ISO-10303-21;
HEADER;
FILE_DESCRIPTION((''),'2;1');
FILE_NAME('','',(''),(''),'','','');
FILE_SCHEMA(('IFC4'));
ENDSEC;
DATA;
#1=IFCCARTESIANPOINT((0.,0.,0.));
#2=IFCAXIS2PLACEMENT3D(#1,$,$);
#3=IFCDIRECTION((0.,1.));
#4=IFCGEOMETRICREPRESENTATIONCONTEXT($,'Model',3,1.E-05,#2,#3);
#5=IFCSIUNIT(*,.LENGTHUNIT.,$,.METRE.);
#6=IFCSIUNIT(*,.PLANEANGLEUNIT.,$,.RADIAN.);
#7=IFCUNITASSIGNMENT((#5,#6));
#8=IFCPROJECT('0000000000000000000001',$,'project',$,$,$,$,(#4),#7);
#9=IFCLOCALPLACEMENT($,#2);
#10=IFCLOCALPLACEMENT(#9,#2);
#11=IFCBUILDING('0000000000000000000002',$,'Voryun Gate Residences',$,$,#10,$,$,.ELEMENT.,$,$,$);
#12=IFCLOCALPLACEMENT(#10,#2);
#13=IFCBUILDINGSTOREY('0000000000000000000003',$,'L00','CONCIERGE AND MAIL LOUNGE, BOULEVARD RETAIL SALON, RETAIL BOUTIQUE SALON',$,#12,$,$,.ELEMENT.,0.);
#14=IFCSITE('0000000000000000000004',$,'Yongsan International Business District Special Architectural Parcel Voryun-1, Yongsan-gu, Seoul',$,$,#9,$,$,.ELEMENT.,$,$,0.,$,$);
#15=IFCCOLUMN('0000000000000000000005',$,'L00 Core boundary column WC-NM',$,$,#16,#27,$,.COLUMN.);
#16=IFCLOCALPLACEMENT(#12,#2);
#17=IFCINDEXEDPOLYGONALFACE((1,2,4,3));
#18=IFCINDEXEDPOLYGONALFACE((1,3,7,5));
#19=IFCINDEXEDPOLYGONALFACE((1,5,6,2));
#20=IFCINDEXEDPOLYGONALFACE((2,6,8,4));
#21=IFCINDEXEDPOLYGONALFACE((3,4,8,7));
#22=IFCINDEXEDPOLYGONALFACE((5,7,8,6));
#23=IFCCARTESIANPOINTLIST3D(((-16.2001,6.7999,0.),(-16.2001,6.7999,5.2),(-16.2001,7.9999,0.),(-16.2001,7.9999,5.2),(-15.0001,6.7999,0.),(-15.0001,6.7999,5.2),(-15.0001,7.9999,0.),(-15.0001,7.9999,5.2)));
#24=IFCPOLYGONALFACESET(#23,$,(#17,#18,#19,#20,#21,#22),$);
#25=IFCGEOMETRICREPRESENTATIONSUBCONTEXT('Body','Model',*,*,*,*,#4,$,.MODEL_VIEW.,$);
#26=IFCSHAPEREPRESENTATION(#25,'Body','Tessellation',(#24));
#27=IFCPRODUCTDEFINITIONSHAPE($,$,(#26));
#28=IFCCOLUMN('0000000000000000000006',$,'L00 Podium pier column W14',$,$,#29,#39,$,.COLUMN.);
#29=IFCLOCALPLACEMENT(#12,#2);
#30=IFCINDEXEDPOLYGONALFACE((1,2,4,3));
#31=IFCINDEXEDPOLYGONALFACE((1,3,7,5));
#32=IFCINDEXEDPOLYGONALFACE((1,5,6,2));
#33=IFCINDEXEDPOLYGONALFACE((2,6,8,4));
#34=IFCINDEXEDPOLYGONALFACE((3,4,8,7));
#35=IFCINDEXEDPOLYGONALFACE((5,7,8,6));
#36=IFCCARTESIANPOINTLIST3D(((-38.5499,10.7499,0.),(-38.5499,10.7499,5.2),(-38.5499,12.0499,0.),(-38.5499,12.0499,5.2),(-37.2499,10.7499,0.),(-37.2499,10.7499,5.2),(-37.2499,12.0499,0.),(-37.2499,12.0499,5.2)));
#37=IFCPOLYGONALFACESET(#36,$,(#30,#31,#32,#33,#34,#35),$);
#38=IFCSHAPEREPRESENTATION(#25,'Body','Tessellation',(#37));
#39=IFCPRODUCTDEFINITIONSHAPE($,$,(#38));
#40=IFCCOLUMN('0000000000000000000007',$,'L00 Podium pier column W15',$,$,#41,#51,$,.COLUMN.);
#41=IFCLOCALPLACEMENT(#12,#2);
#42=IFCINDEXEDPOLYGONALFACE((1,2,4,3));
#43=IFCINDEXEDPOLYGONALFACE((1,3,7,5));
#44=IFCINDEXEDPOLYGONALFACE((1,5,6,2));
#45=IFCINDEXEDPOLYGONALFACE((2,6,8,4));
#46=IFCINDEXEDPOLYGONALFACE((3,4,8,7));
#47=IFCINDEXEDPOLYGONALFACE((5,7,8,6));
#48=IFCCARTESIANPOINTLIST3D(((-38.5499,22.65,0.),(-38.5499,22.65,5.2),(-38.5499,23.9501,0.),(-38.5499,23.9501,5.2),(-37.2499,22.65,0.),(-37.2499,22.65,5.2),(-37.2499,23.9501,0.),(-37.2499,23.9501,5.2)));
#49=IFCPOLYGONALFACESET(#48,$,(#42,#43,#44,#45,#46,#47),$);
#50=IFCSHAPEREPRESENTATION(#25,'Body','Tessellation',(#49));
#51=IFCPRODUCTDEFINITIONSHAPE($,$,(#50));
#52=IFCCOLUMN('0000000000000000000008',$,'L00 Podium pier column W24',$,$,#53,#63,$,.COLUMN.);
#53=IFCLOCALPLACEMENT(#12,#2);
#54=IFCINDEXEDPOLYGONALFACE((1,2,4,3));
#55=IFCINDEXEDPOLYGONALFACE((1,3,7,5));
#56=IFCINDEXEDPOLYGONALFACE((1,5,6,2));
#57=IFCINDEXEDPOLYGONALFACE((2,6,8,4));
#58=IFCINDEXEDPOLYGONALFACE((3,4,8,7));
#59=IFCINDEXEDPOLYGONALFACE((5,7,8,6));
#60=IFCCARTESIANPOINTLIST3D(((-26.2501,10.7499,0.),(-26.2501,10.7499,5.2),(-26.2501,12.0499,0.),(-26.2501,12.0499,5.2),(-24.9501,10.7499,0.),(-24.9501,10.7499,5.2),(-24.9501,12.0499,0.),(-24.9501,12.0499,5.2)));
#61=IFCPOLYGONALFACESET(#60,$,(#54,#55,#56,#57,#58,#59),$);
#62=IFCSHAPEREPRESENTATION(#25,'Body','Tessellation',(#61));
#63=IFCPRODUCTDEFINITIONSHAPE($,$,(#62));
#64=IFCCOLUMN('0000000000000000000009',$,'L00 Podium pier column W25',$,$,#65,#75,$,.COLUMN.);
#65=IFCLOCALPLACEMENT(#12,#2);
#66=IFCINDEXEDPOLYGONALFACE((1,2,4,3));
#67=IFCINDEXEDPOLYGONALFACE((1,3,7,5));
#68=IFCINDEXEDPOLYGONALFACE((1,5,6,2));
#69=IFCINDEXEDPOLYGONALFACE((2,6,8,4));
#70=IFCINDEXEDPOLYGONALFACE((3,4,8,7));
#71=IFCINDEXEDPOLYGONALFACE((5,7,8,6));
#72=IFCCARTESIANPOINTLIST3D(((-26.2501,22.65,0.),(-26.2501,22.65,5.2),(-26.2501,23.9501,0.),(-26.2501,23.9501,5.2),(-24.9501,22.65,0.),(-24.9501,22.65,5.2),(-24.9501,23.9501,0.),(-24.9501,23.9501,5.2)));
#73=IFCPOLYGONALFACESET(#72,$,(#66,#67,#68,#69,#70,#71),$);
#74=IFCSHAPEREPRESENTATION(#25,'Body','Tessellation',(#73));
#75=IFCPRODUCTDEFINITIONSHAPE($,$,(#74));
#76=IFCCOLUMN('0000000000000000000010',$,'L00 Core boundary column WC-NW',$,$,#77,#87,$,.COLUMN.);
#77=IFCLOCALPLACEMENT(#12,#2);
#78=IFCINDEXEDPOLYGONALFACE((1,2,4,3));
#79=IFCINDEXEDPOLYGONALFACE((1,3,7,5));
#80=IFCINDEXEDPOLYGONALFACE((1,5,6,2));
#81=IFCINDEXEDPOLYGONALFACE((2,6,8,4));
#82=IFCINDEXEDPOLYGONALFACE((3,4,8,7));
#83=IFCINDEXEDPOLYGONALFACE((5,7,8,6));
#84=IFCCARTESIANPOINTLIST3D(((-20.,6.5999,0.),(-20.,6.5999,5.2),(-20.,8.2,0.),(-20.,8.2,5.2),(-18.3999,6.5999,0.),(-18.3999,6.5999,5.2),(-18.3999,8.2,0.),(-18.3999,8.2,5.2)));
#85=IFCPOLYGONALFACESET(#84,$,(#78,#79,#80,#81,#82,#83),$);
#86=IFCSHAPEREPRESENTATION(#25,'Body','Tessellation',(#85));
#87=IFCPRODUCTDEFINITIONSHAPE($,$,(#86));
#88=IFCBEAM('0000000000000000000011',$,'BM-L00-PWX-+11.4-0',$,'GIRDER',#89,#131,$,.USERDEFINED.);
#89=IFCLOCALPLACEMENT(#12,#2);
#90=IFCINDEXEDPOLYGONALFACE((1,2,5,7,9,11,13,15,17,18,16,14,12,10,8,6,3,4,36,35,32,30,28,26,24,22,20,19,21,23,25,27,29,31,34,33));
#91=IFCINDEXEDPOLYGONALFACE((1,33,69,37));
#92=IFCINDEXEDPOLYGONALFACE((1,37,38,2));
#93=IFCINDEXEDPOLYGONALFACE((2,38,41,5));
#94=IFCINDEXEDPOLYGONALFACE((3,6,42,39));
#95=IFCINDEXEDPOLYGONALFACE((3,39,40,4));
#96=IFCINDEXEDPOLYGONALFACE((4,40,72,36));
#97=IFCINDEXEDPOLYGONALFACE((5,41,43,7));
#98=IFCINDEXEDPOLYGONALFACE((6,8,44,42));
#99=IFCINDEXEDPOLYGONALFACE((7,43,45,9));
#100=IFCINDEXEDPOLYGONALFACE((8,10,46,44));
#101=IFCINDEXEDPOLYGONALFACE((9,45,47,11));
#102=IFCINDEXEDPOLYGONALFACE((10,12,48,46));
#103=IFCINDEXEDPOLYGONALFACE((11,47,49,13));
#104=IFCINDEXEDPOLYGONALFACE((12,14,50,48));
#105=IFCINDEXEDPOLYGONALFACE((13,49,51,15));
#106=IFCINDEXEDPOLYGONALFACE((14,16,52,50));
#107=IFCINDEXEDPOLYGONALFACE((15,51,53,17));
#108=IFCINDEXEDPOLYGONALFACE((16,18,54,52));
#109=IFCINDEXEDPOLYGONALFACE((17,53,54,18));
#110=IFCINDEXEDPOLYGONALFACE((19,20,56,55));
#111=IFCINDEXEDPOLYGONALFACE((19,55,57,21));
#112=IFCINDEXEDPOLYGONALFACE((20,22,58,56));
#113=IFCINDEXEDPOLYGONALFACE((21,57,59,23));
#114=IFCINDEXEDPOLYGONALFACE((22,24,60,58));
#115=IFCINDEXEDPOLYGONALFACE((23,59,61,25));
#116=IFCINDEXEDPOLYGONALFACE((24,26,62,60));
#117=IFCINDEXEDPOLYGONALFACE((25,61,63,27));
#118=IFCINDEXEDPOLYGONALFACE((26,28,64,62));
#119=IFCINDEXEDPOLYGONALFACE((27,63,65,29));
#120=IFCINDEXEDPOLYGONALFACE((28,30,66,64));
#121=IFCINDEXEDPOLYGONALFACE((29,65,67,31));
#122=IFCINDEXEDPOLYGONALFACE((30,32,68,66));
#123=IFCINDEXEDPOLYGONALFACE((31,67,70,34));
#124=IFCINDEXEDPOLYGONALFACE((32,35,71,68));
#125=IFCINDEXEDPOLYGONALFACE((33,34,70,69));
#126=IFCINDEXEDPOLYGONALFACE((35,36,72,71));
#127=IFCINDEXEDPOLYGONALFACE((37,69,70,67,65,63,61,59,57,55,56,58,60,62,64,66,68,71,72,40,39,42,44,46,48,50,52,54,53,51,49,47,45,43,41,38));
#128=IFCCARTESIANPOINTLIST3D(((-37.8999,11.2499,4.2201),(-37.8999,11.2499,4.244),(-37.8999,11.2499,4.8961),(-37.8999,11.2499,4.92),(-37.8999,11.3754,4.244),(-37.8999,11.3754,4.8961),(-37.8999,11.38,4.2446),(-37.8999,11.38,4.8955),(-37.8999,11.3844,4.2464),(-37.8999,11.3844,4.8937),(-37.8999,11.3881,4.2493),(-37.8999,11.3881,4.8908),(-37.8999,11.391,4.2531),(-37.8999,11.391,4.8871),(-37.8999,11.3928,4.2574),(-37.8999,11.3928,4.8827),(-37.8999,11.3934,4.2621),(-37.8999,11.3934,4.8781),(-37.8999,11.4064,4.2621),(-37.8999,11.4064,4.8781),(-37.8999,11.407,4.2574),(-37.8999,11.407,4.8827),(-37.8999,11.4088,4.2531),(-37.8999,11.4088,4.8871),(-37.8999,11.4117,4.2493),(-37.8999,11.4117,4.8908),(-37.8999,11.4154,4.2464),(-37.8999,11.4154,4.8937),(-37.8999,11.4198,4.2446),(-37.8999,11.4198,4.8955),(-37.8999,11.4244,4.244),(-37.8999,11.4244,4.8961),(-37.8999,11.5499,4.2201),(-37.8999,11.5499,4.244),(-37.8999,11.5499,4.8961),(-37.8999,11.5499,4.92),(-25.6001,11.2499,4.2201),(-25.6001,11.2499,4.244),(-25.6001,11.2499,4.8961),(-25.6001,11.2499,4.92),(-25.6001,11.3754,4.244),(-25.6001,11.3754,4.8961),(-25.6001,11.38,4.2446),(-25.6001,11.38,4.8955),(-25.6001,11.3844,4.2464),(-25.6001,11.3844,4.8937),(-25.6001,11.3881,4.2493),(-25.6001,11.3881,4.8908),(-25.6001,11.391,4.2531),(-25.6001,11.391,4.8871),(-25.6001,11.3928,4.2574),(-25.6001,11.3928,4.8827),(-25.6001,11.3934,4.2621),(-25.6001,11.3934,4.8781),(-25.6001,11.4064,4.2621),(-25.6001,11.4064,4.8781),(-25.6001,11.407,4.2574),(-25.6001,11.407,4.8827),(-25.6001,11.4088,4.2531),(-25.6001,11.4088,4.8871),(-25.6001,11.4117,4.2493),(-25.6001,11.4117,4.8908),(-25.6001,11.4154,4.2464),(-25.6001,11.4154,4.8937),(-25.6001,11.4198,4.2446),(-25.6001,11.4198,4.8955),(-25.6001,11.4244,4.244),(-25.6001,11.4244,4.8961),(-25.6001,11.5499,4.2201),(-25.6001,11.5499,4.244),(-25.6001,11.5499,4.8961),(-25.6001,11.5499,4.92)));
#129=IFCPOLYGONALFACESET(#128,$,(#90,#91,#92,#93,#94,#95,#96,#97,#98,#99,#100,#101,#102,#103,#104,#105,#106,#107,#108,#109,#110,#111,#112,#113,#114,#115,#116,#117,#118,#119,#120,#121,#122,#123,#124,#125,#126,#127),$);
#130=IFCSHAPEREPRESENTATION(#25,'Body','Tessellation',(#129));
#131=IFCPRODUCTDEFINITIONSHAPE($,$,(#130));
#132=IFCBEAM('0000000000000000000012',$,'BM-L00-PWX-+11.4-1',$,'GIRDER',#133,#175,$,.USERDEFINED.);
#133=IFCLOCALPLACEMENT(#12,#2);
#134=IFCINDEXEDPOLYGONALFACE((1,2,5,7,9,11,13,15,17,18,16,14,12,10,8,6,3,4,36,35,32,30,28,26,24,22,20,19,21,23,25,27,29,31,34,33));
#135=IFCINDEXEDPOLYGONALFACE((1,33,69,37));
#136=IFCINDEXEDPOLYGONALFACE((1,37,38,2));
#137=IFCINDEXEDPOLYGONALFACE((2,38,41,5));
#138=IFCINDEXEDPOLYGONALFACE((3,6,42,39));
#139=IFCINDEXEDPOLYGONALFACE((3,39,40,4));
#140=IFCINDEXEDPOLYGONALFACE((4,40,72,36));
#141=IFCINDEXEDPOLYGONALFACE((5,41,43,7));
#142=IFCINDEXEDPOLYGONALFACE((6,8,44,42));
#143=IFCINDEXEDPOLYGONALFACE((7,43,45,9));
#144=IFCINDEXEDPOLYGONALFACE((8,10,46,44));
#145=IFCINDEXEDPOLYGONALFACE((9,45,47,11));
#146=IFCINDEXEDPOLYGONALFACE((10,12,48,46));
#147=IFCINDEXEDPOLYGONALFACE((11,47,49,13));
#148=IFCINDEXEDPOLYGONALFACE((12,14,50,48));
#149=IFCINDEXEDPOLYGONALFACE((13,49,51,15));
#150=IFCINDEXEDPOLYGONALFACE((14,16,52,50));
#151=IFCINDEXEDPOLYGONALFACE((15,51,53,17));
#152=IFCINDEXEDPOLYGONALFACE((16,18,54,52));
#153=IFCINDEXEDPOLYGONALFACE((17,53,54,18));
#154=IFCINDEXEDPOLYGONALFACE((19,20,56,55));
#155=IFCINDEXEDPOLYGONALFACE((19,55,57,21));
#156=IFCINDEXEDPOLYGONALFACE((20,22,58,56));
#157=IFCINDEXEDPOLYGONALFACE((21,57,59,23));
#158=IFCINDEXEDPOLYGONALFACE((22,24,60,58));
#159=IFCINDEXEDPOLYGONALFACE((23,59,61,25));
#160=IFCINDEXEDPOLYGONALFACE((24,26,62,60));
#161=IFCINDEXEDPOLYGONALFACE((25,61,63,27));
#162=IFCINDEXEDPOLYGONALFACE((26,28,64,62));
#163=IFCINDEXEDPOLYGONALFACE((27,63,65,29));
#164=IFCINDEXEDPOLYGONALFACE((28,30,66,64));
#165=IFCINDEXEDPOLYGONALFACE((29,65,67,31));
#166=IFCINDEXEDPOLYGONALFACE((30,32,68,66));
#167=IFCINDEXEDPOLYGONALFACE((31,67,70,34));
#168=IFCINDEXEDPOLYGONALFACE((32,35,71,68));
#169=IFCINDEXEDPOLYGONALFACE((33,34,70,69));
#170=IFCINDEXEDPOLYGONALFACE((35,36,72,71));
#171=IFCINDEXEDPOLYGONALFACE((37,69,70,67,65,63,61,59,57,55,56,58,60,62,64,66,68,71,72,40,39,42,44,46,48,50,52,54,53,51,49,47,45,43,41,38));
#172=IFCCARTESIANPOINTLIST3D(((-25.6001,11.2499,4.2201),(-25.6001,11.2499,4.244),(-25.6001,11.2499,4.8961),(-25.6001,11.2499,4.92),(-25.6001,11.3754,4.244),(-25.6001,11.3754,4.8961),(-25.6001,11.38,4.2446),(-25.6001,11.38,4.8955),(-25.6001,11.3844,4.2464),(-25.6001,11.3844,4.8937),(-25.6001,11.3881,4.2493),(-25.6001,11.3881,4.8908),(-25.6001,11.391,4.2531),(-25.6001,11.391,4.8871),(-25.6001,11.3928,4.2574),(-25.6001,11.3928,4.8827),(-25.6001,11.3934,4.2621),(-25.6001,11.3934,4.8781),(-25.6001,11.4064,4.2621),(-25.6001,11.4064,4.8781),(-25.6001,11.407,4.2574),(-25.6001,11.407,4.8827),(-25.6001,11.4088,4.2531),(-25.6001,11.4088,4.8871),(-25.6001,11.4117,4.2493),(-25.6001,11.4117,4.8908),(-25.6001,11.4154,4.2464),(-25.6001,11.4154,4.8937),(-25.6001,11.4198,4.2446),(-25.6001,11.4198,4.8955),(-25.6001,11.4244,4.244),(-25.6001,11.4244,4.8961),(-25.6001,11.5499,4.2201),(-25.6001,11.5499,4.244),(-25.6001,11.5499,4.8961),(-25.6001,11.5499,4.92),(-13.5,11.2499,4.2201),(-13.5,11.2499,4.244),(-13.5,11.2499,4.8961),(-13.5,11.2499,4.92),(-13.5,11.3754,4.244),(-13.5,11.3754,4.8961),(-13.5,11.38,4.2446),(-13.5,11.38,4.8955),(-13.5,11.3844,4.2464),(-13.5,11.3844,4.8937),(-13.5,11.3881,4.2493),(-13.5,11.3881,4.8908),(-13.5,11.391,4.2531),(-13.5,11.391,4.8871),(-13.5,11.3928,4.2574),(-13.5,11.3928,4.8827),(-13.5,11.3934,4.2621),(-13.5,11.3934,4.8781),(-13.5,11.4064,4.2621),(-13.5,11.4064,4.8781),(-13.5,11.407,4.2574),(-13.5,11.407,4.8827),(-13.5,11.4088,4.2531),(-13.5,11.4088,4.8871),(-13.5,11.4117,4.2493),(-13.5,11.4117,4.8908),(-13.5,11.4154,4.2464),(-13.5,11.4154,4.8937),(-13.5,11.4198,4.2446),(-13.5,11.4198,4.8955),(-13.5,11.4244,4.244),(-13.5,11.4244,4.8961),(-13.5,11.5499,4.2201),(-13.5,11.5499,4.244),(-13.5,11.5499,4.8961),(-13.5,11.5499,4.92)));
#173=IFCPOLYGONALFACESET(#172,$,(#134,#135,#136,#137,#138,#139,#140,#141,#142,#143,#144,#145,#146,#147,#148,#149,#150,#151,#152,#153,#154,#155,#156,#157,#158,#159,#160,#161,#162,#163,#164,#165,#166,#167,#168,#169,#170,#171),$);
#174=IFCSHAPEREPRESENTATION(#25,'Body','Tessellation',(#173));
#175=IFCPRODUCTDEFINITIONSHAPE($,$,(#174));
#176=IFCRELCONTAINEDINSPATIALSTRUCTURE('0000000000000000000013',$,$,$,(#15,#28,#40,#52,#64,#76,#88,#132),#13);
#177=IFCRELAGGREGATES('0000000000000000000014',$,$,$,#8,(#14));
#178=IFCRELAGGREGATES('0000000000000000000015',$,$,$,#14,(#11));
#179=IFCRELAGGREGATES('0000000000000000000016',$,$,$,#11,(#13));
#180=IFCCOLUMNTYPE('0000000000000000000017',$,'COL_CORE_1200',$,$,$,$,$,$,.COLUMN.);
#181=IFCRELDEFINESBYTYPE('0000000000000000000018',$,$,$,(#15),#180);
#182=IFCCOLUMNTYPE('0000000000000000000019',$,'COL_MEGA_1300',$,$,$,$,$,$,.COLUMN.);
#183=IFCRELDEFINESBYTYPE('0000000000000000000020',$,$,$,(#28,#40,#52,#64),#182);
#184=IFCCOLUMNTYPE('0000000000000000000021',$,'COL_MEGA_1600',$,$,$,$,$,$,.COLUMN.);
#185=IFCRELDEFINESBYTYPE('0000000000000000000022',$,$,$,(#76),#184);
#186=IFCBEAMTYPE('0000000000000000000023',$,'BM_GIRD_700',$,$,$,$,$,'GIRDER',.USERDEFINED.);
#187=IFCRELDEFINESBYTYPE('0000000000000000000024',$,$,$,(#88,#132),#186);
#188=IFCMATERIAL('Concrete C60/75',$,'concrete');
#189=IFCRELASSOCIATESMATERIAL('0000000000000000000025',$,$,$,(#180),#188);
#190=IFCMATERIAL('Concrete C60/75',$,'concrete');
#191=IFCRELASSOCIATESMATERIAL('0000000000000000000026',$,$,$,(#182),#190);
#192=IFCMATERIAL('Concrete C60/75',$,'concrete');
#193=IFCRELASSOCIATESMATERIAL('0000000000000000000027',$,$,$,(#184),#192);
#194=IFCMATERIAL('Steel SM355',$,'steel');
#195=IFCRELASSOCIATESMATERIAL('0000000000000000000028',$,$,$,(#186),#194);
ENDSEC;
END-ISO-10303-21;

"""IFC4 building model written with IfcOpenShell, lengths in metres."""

from ifc_helpers import new_model, si_unit, direction, frame, origin, origin_2d, place, context, subcontext, project, spatial, rectangle, i_section, extrude, material, material_profile, profile_set, type_object, element, save


model = new_model("IFC4")

# Units and contexts
model_context = context("Model", 3, precision=1e-05, world=origin(), true_north=direction((0.0, 1.0)))
body_context = subcontext(model_context, "Body", "Model", "MODEL_VIEW")
ifc_project = project(units=[si_unit("LENGTHUNIT", "METRE"), si_unit("PLANEANGLEUNIT", "RADIAN")], contexts=[model_context])

# Site, building, storey
site_placement = place(None, origin())
site = spatial("IfcSite", under=ifc_project, at=site_placement, Name="Yongsan International Business District Special Architectural Parcel Voryun-1, Yongsan-gu, Seoul", CompositionType="ELEMENT", RefElevation=0.0)
building_placement = place(site_placement, origin())
building = spatial("IfcBuilding", under=site, at=building_placement, Name="Voryun Gate Residences", CompositionType="ELEMENT")
storey_placement = place(building_placement, origin())
storey = spatial("IfcBuildingStorey", under=building, at=storey_placement, Name="L00", Description="CONCIERGE AND MAIL LOUNGE, BOULEVARD RETAIL SALON, RETAIL BOUTIQUE SALON", CompositionType="ELEMENT", Elevation=0.0)

# Columns
ifc_material_1 = material(Name="Concrete C60/75", Category="concrete")
ifc_material_profile_1 = material_profile(ifc_material_1, rectangle(XDim=1.2, YDim=1.2, at=origin_2d()), Name="RC-1200x1200")
ifc_profile_set_1 = profile_set([ifc_material_profile_1], Name="Concrete C60/75")
column_type_1 = type_object("IfcColumnType", Name="COL_CORE_1200", PredefinedType="COLUMN", material=ifc_profile_set_1)
column_1_placement = place(storey_placement, frame((-15.6001, 7.3999, 0.0), z_axis=(0.0, 0.0, 1.0), x_axis=(1.0, 0.0, 0.0)))
element("IfcColumn", 1, at=column_1_placement, inside=storey, type_object=column_type_1, Name="L00 Core boundary column WC-NM", PredefinedType="COLUMN", context=body_context, shape_type="SweptSolid", body=[
    extrude(rectangle(XDim=1.2, YDim=1.2, at=origin_2d()), origin(), (0.0, 0.0, 1.0), 5.2),
])
ifc_material_2 = material(Name="Concrete C60/75", Category="concrete")
ifc_material_profile_2 = material_profile(ifc_material_2, rectangle(XDim=1.3, YDim=1.3, at=origin_2d()), Name="RC-1300x1300")
ifc_profile_set_2 = profile_set([ifc_material_profile_2], Name="Concrete C60/75")
column_type_2 = type_object("IfcColumnType", Name="COL_MEGA_1300", PredefinedType="COLUMN", material=ifc_profile_set_2)
for number, where, z_axis, x_axis, name in (
    (2, (-37.8999, 11.3999, 0.0), (0.0, 0.0, 1.0), (1.0, 0.0, 0.0), "L00 Podium pier column W14"),
    (3, (-37.8999, 23.3, 0.0), (0.0, 0.0, 1.0), (1.0, 0.0, 0.0), "L00 Podium pier column W15"),
    (4, (-25.6001, 11.3999, 0.0), (0.0, 0.0, 1.0), (1.0, 0.0, 0.0), "L00 Podium pier column W24"),
    (5, (-25.6001, 23.3, 0.0), (0.0, 0.0, 1.0), (1.0, 0.0, 0.0), "L00 Podium pier column W25"),
):
    element("IfcColumn", number, at=place(storey_placement, frame(where, z_axis=z_axis, x_axis=x_axis)), inside=storey, type_object=column_type_2, Name=name, PredefinedType="COLUMN", context=body_context, shape_type="SweptSolid", body=[
        extrude(rectangle(XDim=1.3, YDim=1.3, at=origin_2d()), origin(), (0.0, 0.0, 1.0), 5.2),
    ])
ifc_material_3 = material(Name="Concrete C60/75", Category="concrete")
ifc_material_profile_3 = material_profile(ifc_material_3, rectangle(XDim=1.6001, YDim=1.6001, at=origin_2d()), Name="RC-1600x1600")
ifc_profile_set_3 = profile_set([ifc_material_profile_3], Name="Concrete C60/75")
column_type_3 = type_object("IfcColumnType", Name="COL_MEGA_1600", PredefinedType="COLUMN", material=ifc_profile_set_3)
column_2_placement = place(storey_placement, frame((-19.2, 7.3999, 0.0), z_axis=(0.0, 0.0, 1.0), x_axis=(1.0, 0.0, 0.0)))
element("IfcColumn", 6, at=column_2_placement, inside=storey, type_object=column_type_3, Name="L00 Core boundary column WC-NW", PredefinedType="COLUMN", context=body_context, shape_type="SweptSolid", body=[
    extrude(rectangle(XDim=1.6001, YDim=1.6001, at=origin_2d()), origin(), (0.0, 0.0, 1.0), 5.2),
])

# Beams
ifc_material_4 = material(Name="Steel SM355", Category="steel")
ifc_material_profile_4 = material_profile(ifc_material_4, i_section(OverallWidth=0.3, OverallDepth=0.7, WebThickness=0.0129, FlangeThickness=0.0239, FilletRadius=0.0181, at=origin_2d()), Name="H-700x300x13x24")
ifc_profile_set_4 = profile_set([ifc_material_profile_4], Name="Steel SM355")
beam_type = type_object("IfcBeamType", Name="BM_GIRD_700", ElementType="GIRDER", PredefinedType="USERDEFINED", material=ifc_profile_set_4)
beam_1_placement = place(storey_placement, frame((-37.8999, 11.3999, 4.5701), z_axis=(1.0, 0.0, 0.0), x_axis=(0.0, 1.0, 0.0)))
element("IfcBeam", 7, at=beam_1_placement, inside=storey, type_object=beam_type, Name="BM-L00-PWX-+11.4-0", ObjectType="GIRDER", PredefinedType="USERDEFINED", context=body_context, shape_type="SweptSolid", body=[
    extrude(i_section(OverallWidth=0.3, OverallDepth=0.7, WebThickness=0.0129, FlangeThickness=0.0239, FilletRadius=0.0181, at=origin_2d()), origin(), (0.0, 0.0, 1.0), 12.2998),
])
beam_2_placement = place(storey_placement, frame((-25.6001, 11.3999, 4.5701), z_axis=(1.0, 0.0, 0.0), x_axis=(0.0, 1.0, 0.0)))
element("IfcBeam", 8, at=beam_2_placement, inside=storey, type_object=beam_type, Name="BM-L00-PWX-+11.4-1", ObjectType="GIRDER", PredefinedType="USERDEFINED", context=body_context, shape_type="SweptSolid", body=[
    extrude(i_section(OverallWidth=0.3, OverallDepth=0.7, WebThickness=0.0129, FlangeThickness=0.0239, FilletRadius=0.0181, at=origin_2d()), origin(), (0.0, 0.0, 1.0), 12.1001),
])

save(model, "model.ifc")
